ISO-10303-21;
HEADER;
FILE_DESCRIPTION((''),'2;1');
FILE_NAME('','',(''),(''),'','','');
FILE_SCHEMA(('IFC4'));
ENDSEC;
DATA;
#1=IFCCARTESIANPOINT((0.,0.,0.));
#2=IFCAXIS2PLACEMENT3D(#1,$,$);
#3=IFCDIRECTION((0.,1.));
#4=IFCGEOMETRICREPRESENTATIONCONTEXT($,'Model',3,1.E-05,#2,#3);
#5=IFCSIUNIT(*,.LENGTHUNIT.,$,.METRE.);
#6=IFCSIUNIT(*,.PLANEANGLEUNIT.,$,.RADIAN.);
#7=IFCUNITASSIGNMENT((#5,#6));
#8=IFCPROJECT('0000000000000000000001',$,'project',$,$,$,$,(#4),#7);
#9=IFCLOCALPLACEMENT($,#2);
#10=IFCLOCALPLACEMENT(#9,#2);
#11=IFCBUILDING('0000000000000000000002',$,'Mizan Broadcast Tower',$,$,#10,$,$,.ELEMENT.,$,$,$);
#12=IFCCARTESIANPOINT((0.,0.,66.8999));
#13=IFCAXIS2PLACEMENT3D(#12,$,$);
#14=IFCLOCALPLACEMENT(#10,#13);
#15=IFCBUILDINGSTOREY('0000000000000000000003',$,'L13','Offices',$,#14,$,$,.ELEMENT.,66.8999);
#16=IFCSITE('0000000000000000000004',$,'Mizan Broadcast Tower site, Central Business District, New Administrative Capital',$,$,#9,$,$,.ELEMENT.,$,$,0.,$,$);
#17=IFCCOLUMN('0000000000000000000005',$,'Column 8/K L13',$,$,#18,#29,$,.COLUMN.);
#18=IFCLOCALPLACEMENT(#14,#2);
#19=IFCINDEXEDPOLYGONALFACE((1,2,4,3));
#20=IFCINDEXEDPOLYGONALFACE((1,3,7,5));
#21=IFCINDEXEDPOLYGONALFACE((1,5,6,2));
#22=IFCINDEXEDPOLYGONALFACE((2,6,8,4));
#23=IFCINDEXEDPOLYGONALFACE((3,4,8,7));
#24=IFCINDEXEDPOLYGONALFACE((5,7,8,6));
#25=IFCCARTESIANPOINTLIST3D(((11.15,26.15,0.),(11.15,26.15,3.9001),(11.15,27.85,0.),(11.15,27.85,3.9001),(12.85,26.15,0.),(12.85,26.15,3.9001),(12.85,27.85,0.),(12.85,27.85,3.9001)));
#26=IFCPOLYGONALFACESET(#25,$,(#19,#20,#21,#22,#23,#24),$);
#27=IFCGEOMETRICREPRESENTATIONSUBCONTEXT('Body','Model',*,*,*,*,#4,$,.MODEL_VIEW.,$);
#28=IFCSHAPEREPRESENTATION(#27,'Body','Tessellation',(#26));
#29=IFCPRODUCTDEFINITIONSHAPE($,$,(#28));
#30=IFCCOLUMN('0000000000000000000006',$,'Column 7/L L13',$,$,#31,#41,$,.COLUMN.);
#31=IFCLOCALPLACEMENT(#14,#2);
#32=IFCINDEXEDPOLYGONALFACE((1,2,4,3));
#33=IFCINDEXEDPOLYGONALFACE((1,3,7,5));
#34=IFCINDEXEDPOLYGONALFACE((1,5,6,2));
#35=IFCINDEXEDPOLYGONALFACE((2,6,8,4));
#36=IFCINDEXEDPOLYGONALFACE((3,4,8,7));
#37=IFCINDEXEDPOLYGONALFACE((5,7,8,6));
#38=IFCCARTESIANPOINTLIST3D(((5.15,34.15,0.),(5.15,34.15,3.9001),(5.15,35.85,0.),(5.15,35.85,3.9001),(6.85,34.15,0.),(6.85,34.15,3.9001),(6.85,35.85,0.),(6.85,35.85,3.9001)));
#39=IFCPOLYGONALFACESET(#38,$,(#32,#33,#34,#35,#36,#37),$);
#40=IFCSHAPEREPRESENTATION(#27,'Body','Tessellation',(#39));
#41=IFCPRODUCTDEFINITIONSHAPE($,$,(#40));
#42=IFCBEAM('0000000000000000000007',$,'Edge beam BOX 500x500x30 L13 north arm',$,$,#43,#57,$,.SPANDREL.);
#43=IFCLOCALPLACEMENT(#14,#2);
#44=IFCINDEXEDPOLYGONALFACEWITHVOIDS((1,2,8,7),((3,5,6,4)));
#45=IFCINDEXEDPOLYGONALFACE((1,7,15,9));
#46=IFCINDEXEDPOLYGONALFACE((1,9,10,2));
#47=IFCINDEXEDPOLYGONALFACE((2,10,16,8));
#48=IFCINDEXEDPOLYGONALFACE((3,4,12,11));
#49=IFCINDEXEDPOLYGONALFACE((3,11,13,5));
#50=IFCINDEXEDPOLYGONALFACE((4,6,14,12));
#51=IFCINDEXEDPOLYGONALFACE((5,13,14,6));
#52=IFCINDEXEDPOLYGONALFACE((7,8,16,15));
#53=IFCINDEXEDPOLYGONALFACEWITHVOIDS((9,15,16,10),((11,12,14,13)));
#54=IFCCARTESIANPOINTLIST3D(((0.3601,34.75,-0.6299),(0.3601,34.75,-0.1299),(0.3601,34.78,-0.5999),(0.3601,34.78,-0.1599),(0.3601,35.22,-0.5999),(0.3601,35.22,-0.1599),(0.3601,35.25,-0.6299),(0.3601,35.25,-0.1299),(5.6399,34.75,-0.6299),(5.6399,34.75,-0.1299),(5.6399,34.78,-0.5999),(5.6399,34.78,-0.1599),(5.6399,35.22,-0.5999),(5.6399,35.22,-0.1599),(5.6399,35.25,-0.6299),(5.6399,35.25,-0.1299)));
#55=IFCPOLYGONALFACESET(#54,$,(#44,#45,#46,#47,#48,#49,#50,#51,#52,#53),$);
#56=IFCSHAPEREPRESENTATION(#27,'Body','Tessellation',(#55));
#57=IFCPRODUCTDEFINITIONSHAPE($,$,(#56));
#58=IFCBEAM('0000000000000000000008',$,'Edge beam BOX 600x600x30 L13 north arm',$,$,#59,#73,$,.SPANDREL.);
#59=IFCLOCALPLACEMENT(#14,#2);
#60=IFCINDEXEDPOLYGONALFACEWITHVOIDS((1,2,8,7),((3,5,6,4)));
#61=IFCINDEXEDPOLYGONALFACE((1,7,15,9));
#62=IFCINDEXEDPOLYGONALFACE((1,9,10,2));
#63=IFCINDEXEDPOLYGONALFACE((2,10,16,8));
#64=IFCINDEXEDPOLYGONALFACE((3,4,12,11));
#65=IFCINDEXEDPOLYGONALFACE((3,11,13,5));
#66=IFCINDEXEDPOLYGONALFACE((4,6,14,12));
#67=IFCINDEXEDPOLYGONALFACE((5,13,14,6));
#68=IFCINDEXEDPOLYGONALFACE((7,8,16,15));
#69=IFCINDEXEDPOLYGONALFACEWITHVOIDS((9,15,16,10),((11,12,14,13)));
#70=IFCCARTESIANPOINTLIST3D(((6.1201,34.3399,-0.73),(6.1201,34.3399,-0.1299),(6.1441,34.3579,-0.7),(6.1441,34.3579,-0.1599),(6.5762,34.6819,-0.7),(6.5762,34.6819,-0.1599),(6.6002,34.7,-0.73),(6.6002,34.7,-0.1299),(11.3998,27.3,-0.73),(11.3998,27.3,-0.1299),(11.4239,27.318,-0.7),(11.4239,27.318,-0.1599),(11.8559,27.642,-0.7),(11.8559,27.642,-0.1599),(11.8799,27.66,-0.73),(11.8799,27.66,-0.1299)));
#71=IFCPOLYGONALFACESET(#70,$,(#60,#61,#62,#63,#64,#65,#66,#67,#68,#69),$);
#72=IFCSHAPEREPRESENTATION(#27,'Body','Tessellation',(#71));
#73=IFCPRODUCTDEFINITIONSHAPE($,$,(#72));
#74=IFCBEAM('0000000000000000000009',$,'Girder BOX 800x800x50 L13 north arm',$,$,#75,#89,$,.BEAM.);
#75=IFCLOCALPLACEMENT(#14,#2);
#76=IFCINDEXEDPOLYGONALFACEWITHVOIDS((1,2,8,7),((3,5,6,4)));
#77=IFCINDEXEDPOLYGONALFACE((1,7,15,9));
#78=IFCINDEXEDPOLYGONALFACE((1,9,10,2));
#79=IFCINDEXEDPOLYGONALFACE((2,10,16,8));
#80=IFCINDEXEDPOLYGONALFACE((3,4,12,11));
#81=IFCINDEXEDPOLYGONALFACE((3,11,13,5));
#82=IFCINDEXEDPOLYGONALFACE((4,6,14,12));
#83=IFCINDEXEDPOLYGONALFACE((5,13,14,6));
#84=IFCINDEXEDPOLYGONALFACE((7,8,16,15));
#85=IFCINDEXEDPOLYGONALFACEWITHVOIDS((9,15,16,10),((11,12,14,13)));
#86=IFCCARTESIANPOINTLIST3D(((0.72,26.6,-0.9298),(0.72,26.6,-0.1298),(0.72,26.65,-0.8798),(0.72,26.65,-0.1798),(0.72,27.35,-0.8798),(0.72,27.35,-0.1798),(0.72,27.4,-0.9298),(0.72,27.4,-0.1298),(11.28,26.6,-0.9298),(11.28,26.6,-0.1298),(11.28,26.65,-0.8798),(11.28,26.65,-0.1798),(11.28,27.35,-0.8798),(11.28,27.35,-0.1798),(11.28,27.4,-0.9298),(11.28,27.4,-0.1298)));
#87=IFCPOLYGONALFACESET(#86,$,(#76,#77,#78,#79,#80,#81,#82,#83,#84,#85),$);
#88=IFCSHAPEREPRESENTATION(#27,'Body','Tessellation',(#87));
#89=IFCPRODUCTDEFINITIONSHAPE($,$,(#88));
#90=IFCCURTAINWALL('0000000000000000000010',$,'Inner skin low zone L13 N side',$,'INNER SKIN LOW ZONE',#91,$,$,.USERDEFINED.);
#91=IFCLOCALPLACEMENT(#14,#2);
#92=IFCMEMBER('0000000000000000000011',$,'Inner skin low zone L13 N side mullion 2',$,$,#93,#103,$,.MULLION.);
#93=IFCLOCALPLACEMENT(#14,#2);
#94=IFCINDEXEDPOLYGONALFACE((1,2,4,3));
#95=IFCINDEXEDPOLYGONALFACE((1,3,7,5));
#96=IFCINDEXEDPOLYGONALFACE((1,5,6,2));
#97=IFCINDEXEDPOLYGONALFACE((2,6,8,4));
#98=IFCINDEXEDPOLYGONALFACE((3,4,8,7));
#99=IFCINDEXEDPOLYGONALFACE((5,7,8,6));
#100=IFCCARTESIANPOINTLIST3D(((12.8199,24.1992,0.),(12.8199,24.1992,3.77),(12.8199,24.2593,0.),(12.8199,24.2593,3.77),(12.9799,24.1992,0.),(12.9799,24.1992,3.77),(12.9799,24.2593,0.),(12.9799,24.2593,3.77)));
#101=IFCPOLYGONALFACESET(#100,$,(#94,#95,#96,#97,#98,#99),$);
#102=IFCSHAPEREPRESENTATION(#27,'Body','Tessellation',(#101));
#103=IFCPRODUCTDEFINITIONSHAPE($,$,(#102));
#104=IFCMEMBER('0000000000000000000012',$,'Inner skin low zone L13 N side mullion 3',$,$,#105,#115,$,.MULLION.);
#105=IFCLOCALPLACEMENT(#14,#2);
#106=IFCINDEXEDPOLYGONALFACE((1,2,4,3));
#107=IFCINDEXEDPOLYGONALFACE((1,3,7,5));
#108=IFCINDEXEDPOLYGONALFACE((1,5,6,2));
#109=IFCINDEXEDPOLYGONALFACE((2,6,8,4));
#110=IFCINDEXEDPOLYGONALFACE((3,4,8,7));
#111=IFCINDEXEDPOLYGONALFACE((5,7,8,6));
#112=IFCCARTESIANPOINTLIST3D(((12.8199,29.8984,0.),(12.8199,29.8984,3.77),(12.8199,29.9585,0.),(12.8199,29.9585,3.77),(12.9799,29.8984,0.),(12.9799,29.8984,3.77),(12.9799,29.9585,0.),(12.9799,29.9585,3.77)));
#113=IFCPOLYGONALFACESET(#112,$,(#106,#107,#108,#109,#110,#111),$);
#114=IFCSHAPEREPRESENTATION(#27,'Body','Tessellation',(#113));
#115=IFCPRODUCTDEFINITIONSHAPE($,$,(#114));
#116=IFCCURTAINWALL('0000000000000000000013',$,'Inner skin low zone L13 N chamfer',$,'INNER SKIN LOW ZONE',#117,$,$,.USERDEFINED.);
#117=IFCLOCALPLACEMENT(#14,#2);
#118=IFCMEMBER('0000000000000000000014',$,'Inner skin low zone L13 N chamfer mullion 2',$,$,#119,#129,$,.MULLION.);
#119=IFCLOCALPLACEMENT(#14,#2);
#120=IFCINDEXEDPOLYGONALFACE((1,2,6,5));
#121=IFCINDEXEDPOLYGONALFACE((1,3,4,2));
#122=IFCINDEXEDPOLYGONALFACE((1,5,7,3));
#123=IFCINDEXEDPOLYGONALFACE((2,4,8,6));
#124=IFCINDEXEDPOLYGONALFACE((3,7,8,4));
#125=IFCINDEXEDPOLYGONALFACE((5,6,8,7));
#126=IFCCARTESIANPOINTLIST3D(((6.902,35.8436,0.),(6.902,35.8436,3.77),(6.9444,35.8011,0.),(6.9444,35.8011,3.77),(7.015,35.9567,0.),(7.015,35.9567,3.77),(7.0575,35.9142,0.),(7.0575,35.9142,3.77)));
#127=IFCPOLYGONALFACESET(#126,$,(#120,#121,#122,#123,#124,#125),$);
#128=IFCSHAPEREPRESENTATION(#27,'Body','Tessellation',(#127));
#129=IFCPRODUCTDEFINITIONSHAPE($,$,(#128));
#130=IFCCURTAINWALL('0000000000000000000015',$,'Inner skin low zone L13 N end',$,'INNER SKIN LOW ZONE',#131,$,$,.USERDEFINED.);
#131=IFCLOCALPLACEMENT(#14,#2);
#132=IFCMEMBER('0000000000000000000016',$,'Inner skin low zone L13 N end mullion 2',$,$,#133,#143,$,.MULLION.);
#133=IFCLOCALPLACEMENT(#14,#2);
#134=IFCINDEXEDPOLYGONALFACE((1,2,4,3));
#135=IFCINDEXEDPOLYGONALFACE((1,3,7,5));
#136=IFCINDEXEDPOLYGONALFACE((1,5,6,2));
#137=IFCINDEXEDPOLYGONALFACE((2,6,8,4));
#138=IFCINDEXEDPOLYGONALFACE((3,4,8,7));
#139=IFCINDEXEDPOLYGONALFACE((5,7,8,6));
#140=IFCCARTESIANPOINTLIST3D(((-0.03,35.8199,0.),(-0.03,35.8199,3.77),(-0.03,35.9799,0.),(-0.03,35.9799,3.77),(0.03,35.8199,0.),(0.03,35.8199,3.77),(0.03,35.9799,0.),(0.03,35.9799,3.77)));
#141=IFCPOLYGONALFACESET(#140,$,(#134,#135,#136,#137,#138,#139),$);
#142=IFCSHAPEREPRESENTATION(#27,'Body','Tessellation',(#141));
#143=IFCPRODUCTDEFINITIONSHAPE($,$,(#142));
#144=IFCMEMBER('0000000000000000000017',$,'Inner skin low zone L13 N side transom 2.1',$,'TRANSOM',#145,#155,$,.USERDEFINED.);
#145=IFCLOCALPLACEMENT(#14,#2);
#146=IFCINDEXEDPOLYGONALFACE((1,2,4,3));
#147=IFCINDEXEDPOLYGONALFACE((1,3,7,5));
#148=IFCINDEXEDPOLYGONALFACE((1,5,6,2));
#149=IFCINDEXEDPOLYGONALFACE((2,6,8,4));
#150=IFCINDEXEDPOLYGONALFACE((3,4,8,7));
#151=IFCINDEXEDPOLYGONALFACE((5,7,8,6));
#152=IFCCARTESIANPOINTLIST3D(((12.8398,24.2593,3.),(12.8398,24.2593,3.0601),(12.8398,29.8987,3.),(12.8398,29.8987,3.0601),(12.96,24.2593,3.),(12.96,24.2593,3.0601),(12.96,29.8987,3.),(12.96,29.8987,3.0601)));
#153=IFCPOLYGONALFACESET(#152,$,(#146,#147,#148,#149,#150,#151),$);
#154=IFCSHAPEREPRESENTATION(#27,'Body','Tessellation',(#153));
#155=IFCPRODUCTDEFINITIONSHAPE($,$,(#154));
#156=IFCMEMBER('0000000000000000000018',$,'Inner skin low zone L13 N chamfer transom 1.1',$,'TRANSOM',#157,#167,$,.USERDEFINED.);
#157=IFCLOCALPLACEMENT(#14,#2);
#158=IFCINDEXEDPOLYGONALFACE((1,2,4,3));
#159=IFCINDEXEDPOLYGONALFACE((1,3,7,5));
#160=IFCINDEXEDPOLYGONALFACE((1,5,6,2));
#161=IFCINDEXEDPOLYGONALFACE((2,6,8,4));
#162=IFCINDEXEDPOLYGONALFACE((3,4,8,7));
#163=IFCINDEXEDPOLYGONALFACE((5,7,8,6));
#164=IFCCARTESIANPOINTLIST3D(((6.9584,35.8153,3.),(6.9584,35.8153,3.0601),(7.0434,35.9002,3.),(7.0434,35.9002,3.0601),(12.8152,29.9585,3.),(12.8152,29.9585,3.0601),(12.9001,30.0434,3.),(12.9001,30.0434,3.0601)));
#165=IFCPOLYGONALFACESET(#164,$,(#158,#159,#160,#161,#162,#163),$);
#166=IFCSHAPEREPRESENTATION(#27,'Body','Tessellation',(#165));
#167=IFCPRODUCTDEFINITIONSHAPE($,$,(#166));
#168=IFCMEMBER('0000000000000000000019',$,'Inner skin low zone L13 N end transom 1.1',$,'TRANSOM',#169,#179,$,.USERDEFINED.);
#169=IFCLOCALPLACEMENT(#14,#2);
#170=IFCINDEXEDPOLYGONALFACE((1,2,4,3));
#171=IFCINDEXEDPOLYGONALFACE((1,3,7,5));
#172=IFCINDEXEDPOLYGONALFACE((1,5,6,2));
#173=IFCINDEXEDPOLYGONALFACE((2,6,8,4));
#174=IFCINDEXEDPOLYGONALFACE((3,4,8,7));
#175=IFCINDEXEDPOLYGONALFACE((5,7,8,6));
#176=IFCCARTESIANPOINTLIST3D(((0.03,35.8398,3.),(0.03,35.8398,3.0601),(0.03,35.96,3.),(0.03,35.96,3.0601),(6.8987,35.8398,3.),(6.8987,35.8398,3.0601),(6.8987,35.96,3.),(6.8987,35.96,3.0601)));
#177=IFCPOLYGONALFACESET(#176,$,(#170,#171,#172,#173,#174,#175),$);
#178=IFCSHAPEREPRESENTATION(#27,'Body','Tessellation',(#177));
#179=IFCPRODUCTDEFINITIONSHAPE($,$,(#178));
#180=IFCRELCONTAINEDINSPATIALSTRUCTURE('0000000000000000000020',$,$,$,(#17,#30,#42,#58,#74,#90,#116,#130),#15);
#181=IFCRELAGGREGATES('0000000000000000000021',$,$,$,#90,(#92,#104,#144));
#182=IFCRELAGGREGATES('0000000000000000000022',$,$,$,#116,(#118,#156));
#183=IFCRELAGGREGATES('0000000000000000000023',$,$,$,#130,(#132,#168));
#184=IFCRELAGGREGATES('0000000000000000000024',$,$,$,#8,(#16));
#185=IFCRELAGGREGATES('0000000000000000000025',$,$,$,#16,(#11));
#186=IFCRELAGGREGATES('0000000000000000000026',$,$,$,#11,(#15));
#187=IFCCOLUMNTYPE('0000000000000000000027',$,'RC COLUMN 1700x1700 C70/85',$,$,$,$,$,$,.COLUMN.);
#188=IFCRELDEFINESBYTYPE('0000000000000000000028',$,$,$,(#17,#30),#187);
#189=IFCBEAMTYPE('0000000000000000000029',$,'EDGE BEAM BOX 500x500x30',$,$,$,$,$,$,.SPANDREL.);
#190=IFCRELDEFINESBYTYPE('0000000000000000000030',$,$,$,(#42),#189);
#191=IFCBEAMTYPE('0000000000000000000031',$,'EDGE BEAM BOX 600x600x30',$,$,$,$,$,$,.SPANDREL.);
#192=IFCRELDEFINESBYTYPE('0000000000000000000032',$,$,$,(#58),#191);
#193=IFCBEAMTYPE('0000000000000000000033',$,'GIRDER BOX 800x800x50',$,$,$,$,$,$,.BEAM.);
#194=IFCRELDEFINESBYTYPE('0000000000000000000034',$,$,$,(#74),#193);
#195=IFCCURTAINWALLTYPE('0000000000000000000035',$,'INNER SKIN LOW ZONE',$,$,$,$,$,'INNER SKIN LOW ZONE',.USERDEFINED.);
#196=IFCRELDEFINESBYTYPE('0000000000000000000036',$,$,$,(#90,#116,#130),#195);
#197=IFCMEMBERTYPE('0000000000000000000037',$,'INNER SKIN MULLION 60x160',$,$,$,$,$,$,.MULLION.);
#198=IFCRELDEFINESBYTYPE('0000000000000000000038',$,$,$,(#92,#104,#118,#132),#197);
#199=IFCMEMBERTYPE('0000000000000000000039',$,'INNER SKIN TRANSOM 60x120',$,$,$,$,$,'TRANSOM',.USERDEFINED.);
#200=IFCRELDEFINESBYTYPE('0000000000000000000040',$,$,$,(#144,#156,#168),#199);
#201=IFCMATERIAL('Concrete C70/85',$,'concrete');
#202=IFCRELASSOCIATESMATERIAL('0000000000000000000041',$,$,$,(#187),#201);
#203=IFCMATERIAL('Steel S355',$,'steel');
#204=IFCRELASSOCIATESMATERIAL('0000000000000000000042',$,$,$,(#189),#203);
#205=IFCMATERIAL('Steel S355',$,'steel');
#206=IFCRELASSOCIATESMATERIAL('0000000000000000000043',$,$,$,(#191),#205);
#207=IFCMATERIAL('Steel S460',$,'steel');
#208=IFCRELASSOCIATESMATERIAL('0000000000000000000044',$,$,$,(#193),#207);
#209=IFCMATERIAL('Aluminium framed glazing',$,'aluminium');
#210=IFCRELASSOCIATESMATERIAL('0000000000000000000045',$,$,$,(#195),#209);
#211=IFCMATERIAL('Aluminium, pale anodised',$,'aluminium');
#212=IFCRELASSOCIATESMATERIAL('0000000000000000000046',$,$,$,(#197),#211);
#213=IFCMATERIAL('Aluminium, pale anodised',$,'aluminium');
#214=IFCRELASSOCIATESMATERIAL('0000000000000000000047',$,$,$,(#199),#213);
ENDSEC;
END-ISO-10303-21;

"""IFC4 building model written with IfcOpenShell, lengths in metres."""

from ifc_helpers import new_model, si_unit, direction, frame, origin, origin_2d, place, context, subcontext, project, spatial, rectangle, hollow_rectangle, extrude, material, material_profile, profile_set, type_object, element, aggregate, save


model = new_model("IFC4")

# Units and contexts
model_context = context("Model", 3, precision=1e-05, world=origin(), true_north=direction((0.0, 1.0)))
body_context = subcontext(model_context, "Body", "Model", "MODEL_VIEW")
ifc_project = project(units=[si_unit("LENGTHUNIT", "METRE"), si_unit("PLANEANGLEUNIT", "RADIAN")], contexts=[model_context])

# Site, building, storey
site_placement = place(None, origin())
site = spatial("IfcSite", under=ifc_project, at=site_placement, Name="Mizan Broadcast Tower site, Central Business District, New Administrative Capital", CompositionType="ELEMENT", RefElevation=0.0)
building_placement = place(site_placement, origin())
building = spatial("IfcBuilding", under=site, at=building_placement, Name="Mizan Broadcast Tower", CompositionType="ELEMENT")
storey_placement = place(building_placement, frame((0.0, 0.0, 66.8999)))
storey = spatial("IfcBuildingStorey", under=building, at=storey_placement, Name="L13", Description="Offices", CompositionType="ELEMENT", Elevation=66.8999)

# Columns
ifc_material_1 = material(Name="Concrete C70/85", Category="concrete")
ifc_material_profile_1 = material_profile(ifc_material_1, rectangle(XDim=1.7, YDim=1.7, at=origin_2d()), Name="RC 1700x1700")
ifc_profile_set_1 = profile_set([ifc_material_profile_1], Name="Concrete C70/85")
column_type = type_object("IfcColumnType", Name="RC COLUMN 1700x1700 C70/85", PredefinedType="COLUMN", material=ifc_profile_set_1)
for number, where, z_axis, x_axis, name in (
    (1, (12.0, 27.0, 0.0), (0.0, 0.0, 1.0), (1.0, 0.0, 0.0), "Column 8/K L13"),
    (2, (6.0, 35.0, 0.0), (0.0, 0.0, 1.0), (1.0, 0.0, 0.0), "Column 7/L L13"),
):
    element("IfcColumn", number, at=place(storey_placement, frame(where, z_axis=z_axis, x_axis=x_axis)), inside=storey, type_object=column_type, Name=name, PredefinedType="COLUMN", context=body_context, shape_type="SweptSolid", body=[
        extrude(rectangle(XDim=1.7, YDim=1.7, at=origin_2d()), origin(), (0.0, 0.0, 1.0), 3.9001),
    ])

# Beams
ifc_material_2 = material(Name="Steel S355", Category="steel")
ifc_material_profile_2 = material_profile(ifc_material_2, hollow_rectangle(XDim=0.5, YDim=0.5, WallThickness=0.03, at=origin_2d()), Name="BOX 500x500x30")
ifc_profile_set_2 = profile_set([ifc_material_profile_2], Name="Steel S355")
beam_type_1 = type_object("IfcBeamType", Name="EDGE BEAM BOX 500x500x30", PredefinedType="SPANDREL", material=ifc_profile_set_2)
beam_1_placement = place(storey_placement, frame((5.6399, 35.0, -0.3799), z_axis=(-1.0, 0.0, 0.0), x_axis=(0.0, -1.0, 0.0)))
element("IfcBeam", 3, at=beam_1_placement, inside=storey, type_object=beam_type_1, Name="Edge beam BOX 500x500x30 L13 north arm", PredefinedType="SPANDREL", context=body_context, shape_type="SweptSolid", body=[
    extrude(hollow_rectangle(XDim=0.5, YDim=0.5, WallThickness=0.03, at=origin_2d()), origin(), (0.0, 0.0, 1.0), 5.2798),
])
ifc_material_3 = material(Name="Steel S355", Category="steel")
ifc_material_profile_3 = material_profile(ifc_material_3, hollow_rectangle(XDim=0.6001, YDim=0.6001, WallThickness=0.03, at=origin_2d()), Name="BOX 600x600x30")
ifc_profile_set_3 = profile_set([ifc_material_profile_3], Name="Steel S355")
beam_type_2 = type_object("IfcBeamType", Name="EDGE BEAM BOX 600x600x30", PredefinedType="SPANDREL", material=ifc_profile_set_3)
beam_2_placement = place(storey_placement, frame((11.6399, 27.48, -0.4299), z_axis=(-0.599982, 0.800013, 0.0), x_axis=(-0.800013, -0.599982, 0.0)))
element("IfcBeam", 4, at=beam_2_placement, inside=storey, type_object=beam_type_2, Name="Edge beam BOX 600x600x30 L13 north arm", PredefinedType="SPANDREL", context=body_context, shape_type="SweptSolid", body=[
    extrude(hollow_rectangle(XDim=0.6001, YDim=0.6001, WallThickness=0.03, at=origin_2d()), origin(), (0.0, 0.0, 1.0), 8.7998),
])
ifc_material_4 = material(Name="Steel S460", Category="steel")
ifc_material_profile_4 = material_profile(ifc_material_4, hollow_rectangle(XDim=0.8, YDim=0.8, WallThickness=0.05, at=origin_2d()), Name="BOX 800x800x50")
ifc_profile_set_4 = profile_set([ifc_material_profile_4], Name="Steel S460")
beam_type_3 = type_object("IfcBeamType", Name="GIRDER BOX 800x800x50", PredefinedType="BEAM", material=ifc_profile_set_4)
beam_3_placement = place(storey_placement, frame((11.28, 27.0, -0.5298), z_axis=(-1.0, 0.0, 0.0), x_axis=(0.0, -1.0, 0.0)))
element("IfcBeam", 5, at=beam_3_placement, inside=storey, type_object=beam_type_3, Name="Girder BOX 800x800x50 L13 north arm", PredefinedType="BEAM", context=body_context, shape_type="SweptSolid", body=[
    extrude(hollow_rectangle(XDim=0.8, YDim=0.8, WallThickness=0.05, at=origin_2d()), origin(), (0.0, 0.0, 1.0), 10.5601),
])

# Curtain wall, members
ifc_material_5 = material(Name="Aluminium framed glazing", Category="aluminium")
curtain_wall_type_1 = type_object("IfcCurtainWallType", Name="INNER SKIN LOW ZONE", ElementType="INNER SKIN LOW ZONE", PredefinedType="USERDEFINED", material=ifc_material_5)
curtain_wall_1_placement = place(storey_placement, origin())
curtain_wall_1 = element("IfcCurtainWall", 6, at=curtain_wall_1_placement, inside=storey, type_object=curtain_wall_type_1, Name="Inner skin low zone L13 N side", ObjectType="INNER SKIN LOW ZONE", PredefinedType="USERDEFINED")
ifc_material_6 = material(Name="Aluminium, pale anodised", Category="aluminium")
ifc_material_profile_5 = material_profile(ifc_material_6, rectangle(XDim=0.1599, YDim=0.0601, at=origin_2d()), Name="MULLION 160x60")
ifc_profile_set_5 = profile_set([ifc_material_profile_5], Name="Aluminium, pale anodised")
member_type_1 = type_object("IfcMemberType", Name="INNER SKIN MULLION 60x160", PredefinedType="MULLION", material=ifc_profile_set_5)
member_1_placement = place(storey_placement, frame((12.8999, 24.2292, 0.0), z_axis=(0.0, 0.0, 1.0), x_axis=(-1.0, 0.0, 0.0)))
member_1 = element("IfcMember", 7, at=member_1_placement, type_object=member_type_1, Name="Inner skin low zone L13 N side mullion 2", PredefinedType="MULLION", context=body_context, shape_type="SweptSolid", body=[
    extrude(rectangle(XDim=0.1599, YDim=0.0601, at=origin_2d()), origin(), (0.0, 0.0, 1.0), 3.77),
])
member_2_placement = place(storey_placement, frame((12.8999, 29.9285, 0.0), z_axis=(0.0, 0.0, 1.0), x_axis=(-1.0, 0.0, 0.0)))
member_2 = element("IfcMember", 8, at=member_2_placement, type_object=member_type_1, Name="Inner skin low zone L13 N side mullion 3", PredefinedType="MULLION", context=body_context, shape_type="SweptSolid", body=[
    extrude(rectangle(XDim=0.1599, YDim=0.0601, at=origin_2d()), origin(), (0.0, 0.0, 1.0), 3.77),
])

# Curtain walls, members
curtain_wall_2_placement = place(storey_placement, origin())
curtain_wall_2 = element("IfcCurtainWall", 9, at=curtain_wall_2_placement, inside=storey, type_object=curtain_wall_type_1, Name="Inner skin low zone L13 N chamfer", ObjectType="INNER SKIN LOW ZONE", PredefinedType="USERDEFINED")
member_3_placement = place(storey_placement, frame((6.9797, 35.8789, 0.0), z_axis=(0.0, 0.0, 1.0), x_axis=(-0.707107, -0.707107, 0.0)))
member_3 = element("IfcMember", 10, at=member_3_placement, type_object=member_type_1, Name="Inner skin low zone L13 N chamfer mullion 2", PredefinedType="MULLION", context=body_context, shape_type="SweptSolid", body=[
    extrude(rectangle(XDim=0.1599, YDim=0.0601, at=origin_2d()), origin(), (0.0, 0.0, 1.0), 3.77),
])
curtain_wall_3_placement = place(storey_placement, origin())
curtain_wall_3 = element("IfcCurtainWall", 11, at=curtain_wall_3_placement, inside=storey, type_object=curtain_wall_type_1, Name="Inner skin low zone L13 N end", ObjectType="INNER SKIN LOW ZONE", PredefinedType="USERDEFINED")
member_4_placement = place(storey_placement, frame((0.0, 35.8999, 0.0), z_axis=(0.0, 0.0, 1.0), x_axis=(0.0, -1.0, 0.0)))
member_4 = element("IfcMember", 12, at=member_4_placement, type_object=member_type_1, Name="Inner skin low zone L13 N end mullion 2", PredefinedType="MULLION", context=body_context, shape_type="SweptSolid", body=[
    extrude(rectangle(XDim=0.1599, YDim=0.0601, at=origin_2d()), origin(), (0.0, 0.0, 1.0), 3.77),
])

# Members
ifc_material_7 = material(Name="Aluminium, pale anodised", Category="aluminium")
ifc_material_profile_6 = material_profile(ifc_material_7, rectangle(XDim=0.1201, YDim=0.0601, at=origin_2d()), Name="TRANSOM 120x60")
ifc_profile_set_6 = profile_set([ifc_material_profile_6], Name="Aluminium, pale anodised")
member_type_2 = type_object("IfcMemberType", Name="INNER SKIN TRANSOM 60x120", ElementType="TRANSOM", PredefinedType="USERDEFINED", material=ifc_profile_set_6)
member_5_placement = place(storey_placement, frame((12.8999, 24.2593, 3.03), z_axis=(0.0, 1.0, 0.0), x_axis=(-1.0, 0.0, 0.0)))
member_5 = element("IfcMember", 13, at=member_5_placement, type_object=member_type_2, Name="Inner skin low zone L13 N side transom 2.1", ObjectType="TRANSOM", PredefinedType="USERDEFINED", context=body_context, shape_type="SweptSolid", body=[
    extrude(rectangle(XDim=0.1201, YDim=0.0601, at=origin_2d()), origin(), (0.0, 0.0, 1.0), 5.6394),
])
member_6_placement = place(storey_placement, frame((12.8577, 30.001, 3.03), z_axis=(-0.707107, 0.707107, 0.0), x_axis=(-0.707107, -0.707107, 0.0)))
member_6 = element("IfcMember", 14, at=member_6_placement, type_object=member_type_2, Name="Inner skin low zone L13 N chamfer transom 1.1", ObjectType="TRANSOM", PredefinedType="USERDEFINED", context=body_context, shape_type="SweptSolid", body=[
    extrude(rectangle(XDim=0.1201, YDim=0.0601, at=origin_2d()), origin(), (0.0, 0.0, 1.0), 8.2827),
])
member_7_placement = place(storey_placement, frame((6.8987, 35.8999, 3.03), z_axis=(-1.0, 0.0, 0.0), x_axis=(0.0, -1.0, 0.0)))
member_7 = element("IfcMember", 15, at=member_7_placement, type_object=member_type_2, Name="Inner skin low zone L13 N end transom 1.1", ObjectType="TRANSOM", PredefinedType="USERDEFINED", context=body_context, shape_type="SweptSolid", body=[
    extrude(rectangle(XDim=0.1201, YDim=0.0601, at=origin_2d()), origin(), (0.0, 0.0, 1.0), 6.8687),
])

aggregate(curtain_wall_1, [member_1, member_2, member_5])
aggregate(curtain_wall_2, [member_3, member_6])
aggregate(curtain_wall_3, [member_4, member_7])

save(model, "model.ifc")
